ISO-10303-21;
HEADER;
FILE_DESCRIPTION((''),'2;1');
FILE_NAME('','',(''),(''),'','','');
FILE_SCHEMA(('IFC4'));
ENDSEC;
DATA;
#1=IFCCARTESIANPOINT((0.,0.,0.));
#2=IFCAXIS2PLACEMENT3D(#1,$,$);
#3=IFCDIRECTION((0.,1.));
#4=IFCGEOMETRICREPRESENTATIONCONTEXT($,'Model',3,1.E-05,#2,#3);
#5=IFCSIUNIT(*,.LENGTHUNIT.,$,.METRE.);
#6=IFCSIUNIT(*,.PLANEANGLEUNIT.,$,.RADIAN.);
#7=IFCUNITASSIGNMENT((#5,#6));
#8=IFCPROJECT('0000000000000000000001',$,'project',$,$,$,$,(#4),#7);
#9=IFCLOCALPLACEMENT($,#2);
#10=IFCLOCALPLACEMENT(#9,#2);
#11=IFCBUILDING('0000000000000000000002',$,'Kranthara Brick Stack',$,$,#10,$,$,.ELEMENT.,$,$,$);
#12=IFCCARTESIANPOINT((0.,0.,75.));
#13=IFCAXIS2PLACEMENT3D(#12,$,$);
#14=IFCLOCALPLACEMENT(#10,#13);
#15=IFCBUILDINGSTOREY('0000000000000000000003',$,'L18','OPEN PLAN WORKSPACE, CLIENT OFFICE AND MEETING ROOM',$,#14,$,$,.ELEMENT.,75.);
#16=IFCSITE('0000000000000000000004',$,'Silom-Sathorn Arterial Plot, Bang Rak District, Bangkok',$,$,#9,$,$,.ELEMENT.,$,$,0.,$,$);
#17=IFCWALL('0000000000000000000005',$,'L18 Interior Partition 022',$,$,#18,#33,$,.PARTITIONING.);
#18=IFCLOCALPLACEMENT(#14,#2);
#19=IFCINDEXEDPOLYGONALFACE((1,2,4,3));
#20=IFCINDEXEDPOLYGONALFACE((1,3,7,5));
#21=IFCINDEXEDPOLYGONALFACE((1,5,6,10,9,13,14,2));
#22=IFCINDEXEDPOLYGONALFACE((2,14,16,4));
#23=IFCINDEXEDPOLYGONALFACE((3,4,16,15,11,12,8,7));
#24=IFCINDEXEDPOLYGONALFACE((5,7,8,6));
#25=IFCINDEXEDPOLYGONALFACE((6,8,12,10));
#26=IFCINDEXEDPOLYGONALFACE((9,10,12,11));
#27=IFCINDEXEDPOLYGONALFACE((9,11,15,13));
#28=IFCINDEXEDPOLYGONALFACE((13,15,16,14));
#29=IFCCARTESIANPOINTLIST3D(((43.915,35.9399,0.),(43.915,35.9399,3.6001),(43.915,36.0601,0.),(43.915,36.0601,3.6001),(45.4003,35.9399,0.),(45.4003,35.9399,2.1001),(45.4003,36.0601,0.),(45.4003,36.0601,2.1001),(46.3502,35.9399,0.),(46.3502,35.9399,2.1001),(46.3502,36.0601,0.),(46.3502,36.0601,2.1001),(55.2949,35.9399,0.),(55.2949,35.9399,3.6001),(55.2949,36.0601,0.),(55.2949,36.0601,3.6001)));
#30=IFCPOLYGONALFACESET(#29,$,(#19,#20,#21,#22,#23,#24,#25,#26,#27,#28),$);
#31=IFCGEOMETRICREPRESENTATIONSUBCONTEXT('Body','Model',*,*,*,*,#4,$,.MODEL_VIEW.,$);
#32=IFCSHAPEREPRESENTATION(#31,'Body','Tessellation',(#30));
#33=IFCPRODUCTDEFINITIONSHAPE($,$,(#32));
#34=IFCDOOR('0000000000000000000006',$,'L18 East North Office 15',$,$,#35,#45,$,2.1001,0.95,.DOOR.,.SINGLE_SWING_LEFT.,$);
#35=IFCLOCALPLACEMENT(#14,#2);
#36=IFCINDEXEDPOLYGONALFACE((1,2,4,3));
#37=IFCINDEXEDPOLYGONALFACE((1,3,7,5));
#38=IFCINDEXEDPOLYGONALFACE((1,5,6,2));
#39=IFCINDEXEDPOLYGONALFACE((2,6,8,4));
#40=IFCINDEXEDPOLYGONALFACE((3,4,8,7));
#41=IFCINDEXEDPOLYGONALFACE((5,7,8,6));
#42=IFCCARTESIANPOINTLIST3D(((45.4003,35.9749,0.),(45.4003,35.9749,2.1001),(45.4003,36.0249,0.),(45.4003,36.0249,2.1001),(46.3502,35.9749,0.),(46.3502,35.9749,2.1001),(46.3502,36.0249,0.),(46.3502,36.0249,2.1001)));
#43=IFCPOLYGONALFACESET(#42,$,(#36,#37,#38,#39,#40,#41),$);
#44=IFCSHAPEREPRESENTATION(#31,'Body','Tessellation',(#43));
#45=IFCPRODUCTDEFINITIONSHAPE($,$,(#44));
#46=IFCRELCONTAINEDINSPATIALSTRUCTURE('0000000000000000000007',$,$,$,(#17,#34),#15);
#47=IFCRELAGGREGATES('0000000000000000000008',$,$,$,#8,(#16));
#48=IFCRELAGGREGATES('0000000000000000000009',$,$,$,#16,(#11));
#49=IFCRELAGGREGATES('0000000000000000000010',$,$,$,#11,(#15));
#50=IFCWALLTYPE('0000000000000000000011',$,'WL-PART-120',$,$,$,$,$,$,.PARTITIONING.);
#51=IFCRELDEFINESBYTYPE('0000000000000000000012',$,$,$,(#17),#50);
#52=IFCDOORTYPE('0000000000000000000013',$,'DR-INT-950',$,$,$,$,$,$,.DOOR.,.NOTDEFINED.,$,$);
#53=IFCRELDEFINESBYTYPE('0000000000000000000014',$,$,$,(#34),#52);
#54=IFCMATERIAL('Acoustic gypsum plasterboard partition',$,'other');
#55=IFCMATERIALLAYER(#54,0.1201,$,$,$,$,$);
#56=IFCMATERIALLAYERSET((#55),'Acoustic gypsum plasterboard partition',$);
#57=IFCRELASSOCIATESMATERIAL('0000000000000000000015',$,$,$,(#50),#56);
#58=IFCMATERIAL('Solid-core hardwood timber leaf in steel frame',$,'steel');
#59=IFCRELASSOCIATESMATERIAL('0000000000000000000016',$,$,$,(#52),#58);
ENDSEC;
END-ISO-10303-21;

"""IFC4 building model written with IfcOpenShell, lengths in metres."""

from ifc_helpers import new_model, si_unit, direction, frame, frame_2d, origin, place, context, subcontext, project, spatial, rectangle, extrude, material, layer, layer_set, type_object, element, fill, save


model = new_model("IFC4")

# Units and contexts
model_context = context("Model", 3, precision=1e-05, world=origin(), true_north=direction((0.0, 1.0)))
body_context = subcontext(model_context, "Body", "Model", "MODEL_VIEW")
ifc_project = project(units=[si_unit("LENGTHUNIT", "METRE"), si_unit("PLANEANGLEUNIT", "RADIAN")], contexts=[model_context])

# Site, building, storey
site_placement = place(None, origin())
site = spatial("IfcSite", under=ifc_project, at=site_placement, Name="Silom-Sathorn Arterial Plot, Bang Rak District, Bangkok", CompositionType="ELEMENT", RefElevation=0.0)
building_placement = place(site_placement, origin())
building = spatial("IfcBuilding", under=site, at=building_placement, Name="Kranthara Brick Stack", CompositionType="ELEMENT")
storey_placement = place(building_placement, frame((0.0, 0.0, 75.0)))
storey = spatial("IfcBuildingStorey", under=building, at=storey_placement, Name="L18", Description="OPEN PLAN WORKSPACE, CLIENT OFFICE AND MEETING ROOM", CompositionType="ELEMENT", Elevation=75.0)

# Shared definitions
ifc_material_1 = material(Name="Acoustic gypsum plasterboard partition", Category="other")
ifc_layer_1 = layer(ifc_material_1, 0.1201)
ifc_layer_set_1 = layer_set([ifc_layer_1], Name="Acoustic gypsum plasterboard partition")
wall_type_1 = type_object("IfcWallType", Name="WL-PART-120", PredefinedType="PARTITIONING", material=ifc_layer_set_1)

# Wall, opening, door
wall_1_placement = place(storey_placement, frame((43.915, 36.0, 0.0), z_axis=(0.0, 0.0, 1.0), x_axis=(1.0, 0.0, 0.0)))
wall_1 = element("IfcWall", 1, at=wall_1_placement, inside=storey, type_object=wall_type_1, Name="L18 Interior Partition 022", PredefinedType="PARTITIONING", context=body_context, shape_type="SweptSolid", body=[
    extrude(rectangle(XDim=11.3799, YDim=0.1201, at=frame_2d((5.6899, 0.0))), origin(), (0.0, 0.0, 1.0), 3.6001),
])
opening_1_placement = place(wall_1_placement, frame((1.4851, 0.0, 0.0)))
opening_1 = element("IfcOpeningElement", 2, at=opening_1_placement, cuts=wall_1, PredefinedType="OPENING", context=body_context, shape_type="SweptSolid", body=[
    extrude(rectangle(XDim=0.95, YDim=2.1001, at=frame_2d((0.4751, 1.05))), frame((0.0, 0.0701, 0.0), z_axis=(0.0, -1.0, 0.0), x_axis=(1.0, 0.0, 0.0)), (0.0, 0.0, 1.0), 0.1401),
])
ifc_material_2 = material(Name="Solid-core hardwood timber leaf in steel frame", Category="steel")
door_type = type_object("IfcDoorType", Name="DR-INT-950", OperationType="NOTDEFINED", PredefinedType="DOOR", material=ifc_material_2)
door_placement = place(opening_1_placement, origin())
door = element("IfcDoor", 3, at=door_placement, inside=storey, type_object=door_type, Name="L18 East North Office 15", OperationType="SINGLE_SWING_LEFT", OverallHeight=2.1001, OverallWidth=0.95, PredefinedType="DOOR", context=body_context, shape_type="SweptSolid", body=[
    extrude(rectangle(XDim=0.95, YDim=2.1001, at=frame_2d((0.4751, 1.05))), frame((0.0, 0.0249, 0.0), z_axis=(0.0, -1.0, 0.0), x_axis=(1.0, 0.0, 0.0)), (0.0, 0.0, 1.0), 0.05),
])
fill(opening_1, door)

save(model, "model.ifc")
